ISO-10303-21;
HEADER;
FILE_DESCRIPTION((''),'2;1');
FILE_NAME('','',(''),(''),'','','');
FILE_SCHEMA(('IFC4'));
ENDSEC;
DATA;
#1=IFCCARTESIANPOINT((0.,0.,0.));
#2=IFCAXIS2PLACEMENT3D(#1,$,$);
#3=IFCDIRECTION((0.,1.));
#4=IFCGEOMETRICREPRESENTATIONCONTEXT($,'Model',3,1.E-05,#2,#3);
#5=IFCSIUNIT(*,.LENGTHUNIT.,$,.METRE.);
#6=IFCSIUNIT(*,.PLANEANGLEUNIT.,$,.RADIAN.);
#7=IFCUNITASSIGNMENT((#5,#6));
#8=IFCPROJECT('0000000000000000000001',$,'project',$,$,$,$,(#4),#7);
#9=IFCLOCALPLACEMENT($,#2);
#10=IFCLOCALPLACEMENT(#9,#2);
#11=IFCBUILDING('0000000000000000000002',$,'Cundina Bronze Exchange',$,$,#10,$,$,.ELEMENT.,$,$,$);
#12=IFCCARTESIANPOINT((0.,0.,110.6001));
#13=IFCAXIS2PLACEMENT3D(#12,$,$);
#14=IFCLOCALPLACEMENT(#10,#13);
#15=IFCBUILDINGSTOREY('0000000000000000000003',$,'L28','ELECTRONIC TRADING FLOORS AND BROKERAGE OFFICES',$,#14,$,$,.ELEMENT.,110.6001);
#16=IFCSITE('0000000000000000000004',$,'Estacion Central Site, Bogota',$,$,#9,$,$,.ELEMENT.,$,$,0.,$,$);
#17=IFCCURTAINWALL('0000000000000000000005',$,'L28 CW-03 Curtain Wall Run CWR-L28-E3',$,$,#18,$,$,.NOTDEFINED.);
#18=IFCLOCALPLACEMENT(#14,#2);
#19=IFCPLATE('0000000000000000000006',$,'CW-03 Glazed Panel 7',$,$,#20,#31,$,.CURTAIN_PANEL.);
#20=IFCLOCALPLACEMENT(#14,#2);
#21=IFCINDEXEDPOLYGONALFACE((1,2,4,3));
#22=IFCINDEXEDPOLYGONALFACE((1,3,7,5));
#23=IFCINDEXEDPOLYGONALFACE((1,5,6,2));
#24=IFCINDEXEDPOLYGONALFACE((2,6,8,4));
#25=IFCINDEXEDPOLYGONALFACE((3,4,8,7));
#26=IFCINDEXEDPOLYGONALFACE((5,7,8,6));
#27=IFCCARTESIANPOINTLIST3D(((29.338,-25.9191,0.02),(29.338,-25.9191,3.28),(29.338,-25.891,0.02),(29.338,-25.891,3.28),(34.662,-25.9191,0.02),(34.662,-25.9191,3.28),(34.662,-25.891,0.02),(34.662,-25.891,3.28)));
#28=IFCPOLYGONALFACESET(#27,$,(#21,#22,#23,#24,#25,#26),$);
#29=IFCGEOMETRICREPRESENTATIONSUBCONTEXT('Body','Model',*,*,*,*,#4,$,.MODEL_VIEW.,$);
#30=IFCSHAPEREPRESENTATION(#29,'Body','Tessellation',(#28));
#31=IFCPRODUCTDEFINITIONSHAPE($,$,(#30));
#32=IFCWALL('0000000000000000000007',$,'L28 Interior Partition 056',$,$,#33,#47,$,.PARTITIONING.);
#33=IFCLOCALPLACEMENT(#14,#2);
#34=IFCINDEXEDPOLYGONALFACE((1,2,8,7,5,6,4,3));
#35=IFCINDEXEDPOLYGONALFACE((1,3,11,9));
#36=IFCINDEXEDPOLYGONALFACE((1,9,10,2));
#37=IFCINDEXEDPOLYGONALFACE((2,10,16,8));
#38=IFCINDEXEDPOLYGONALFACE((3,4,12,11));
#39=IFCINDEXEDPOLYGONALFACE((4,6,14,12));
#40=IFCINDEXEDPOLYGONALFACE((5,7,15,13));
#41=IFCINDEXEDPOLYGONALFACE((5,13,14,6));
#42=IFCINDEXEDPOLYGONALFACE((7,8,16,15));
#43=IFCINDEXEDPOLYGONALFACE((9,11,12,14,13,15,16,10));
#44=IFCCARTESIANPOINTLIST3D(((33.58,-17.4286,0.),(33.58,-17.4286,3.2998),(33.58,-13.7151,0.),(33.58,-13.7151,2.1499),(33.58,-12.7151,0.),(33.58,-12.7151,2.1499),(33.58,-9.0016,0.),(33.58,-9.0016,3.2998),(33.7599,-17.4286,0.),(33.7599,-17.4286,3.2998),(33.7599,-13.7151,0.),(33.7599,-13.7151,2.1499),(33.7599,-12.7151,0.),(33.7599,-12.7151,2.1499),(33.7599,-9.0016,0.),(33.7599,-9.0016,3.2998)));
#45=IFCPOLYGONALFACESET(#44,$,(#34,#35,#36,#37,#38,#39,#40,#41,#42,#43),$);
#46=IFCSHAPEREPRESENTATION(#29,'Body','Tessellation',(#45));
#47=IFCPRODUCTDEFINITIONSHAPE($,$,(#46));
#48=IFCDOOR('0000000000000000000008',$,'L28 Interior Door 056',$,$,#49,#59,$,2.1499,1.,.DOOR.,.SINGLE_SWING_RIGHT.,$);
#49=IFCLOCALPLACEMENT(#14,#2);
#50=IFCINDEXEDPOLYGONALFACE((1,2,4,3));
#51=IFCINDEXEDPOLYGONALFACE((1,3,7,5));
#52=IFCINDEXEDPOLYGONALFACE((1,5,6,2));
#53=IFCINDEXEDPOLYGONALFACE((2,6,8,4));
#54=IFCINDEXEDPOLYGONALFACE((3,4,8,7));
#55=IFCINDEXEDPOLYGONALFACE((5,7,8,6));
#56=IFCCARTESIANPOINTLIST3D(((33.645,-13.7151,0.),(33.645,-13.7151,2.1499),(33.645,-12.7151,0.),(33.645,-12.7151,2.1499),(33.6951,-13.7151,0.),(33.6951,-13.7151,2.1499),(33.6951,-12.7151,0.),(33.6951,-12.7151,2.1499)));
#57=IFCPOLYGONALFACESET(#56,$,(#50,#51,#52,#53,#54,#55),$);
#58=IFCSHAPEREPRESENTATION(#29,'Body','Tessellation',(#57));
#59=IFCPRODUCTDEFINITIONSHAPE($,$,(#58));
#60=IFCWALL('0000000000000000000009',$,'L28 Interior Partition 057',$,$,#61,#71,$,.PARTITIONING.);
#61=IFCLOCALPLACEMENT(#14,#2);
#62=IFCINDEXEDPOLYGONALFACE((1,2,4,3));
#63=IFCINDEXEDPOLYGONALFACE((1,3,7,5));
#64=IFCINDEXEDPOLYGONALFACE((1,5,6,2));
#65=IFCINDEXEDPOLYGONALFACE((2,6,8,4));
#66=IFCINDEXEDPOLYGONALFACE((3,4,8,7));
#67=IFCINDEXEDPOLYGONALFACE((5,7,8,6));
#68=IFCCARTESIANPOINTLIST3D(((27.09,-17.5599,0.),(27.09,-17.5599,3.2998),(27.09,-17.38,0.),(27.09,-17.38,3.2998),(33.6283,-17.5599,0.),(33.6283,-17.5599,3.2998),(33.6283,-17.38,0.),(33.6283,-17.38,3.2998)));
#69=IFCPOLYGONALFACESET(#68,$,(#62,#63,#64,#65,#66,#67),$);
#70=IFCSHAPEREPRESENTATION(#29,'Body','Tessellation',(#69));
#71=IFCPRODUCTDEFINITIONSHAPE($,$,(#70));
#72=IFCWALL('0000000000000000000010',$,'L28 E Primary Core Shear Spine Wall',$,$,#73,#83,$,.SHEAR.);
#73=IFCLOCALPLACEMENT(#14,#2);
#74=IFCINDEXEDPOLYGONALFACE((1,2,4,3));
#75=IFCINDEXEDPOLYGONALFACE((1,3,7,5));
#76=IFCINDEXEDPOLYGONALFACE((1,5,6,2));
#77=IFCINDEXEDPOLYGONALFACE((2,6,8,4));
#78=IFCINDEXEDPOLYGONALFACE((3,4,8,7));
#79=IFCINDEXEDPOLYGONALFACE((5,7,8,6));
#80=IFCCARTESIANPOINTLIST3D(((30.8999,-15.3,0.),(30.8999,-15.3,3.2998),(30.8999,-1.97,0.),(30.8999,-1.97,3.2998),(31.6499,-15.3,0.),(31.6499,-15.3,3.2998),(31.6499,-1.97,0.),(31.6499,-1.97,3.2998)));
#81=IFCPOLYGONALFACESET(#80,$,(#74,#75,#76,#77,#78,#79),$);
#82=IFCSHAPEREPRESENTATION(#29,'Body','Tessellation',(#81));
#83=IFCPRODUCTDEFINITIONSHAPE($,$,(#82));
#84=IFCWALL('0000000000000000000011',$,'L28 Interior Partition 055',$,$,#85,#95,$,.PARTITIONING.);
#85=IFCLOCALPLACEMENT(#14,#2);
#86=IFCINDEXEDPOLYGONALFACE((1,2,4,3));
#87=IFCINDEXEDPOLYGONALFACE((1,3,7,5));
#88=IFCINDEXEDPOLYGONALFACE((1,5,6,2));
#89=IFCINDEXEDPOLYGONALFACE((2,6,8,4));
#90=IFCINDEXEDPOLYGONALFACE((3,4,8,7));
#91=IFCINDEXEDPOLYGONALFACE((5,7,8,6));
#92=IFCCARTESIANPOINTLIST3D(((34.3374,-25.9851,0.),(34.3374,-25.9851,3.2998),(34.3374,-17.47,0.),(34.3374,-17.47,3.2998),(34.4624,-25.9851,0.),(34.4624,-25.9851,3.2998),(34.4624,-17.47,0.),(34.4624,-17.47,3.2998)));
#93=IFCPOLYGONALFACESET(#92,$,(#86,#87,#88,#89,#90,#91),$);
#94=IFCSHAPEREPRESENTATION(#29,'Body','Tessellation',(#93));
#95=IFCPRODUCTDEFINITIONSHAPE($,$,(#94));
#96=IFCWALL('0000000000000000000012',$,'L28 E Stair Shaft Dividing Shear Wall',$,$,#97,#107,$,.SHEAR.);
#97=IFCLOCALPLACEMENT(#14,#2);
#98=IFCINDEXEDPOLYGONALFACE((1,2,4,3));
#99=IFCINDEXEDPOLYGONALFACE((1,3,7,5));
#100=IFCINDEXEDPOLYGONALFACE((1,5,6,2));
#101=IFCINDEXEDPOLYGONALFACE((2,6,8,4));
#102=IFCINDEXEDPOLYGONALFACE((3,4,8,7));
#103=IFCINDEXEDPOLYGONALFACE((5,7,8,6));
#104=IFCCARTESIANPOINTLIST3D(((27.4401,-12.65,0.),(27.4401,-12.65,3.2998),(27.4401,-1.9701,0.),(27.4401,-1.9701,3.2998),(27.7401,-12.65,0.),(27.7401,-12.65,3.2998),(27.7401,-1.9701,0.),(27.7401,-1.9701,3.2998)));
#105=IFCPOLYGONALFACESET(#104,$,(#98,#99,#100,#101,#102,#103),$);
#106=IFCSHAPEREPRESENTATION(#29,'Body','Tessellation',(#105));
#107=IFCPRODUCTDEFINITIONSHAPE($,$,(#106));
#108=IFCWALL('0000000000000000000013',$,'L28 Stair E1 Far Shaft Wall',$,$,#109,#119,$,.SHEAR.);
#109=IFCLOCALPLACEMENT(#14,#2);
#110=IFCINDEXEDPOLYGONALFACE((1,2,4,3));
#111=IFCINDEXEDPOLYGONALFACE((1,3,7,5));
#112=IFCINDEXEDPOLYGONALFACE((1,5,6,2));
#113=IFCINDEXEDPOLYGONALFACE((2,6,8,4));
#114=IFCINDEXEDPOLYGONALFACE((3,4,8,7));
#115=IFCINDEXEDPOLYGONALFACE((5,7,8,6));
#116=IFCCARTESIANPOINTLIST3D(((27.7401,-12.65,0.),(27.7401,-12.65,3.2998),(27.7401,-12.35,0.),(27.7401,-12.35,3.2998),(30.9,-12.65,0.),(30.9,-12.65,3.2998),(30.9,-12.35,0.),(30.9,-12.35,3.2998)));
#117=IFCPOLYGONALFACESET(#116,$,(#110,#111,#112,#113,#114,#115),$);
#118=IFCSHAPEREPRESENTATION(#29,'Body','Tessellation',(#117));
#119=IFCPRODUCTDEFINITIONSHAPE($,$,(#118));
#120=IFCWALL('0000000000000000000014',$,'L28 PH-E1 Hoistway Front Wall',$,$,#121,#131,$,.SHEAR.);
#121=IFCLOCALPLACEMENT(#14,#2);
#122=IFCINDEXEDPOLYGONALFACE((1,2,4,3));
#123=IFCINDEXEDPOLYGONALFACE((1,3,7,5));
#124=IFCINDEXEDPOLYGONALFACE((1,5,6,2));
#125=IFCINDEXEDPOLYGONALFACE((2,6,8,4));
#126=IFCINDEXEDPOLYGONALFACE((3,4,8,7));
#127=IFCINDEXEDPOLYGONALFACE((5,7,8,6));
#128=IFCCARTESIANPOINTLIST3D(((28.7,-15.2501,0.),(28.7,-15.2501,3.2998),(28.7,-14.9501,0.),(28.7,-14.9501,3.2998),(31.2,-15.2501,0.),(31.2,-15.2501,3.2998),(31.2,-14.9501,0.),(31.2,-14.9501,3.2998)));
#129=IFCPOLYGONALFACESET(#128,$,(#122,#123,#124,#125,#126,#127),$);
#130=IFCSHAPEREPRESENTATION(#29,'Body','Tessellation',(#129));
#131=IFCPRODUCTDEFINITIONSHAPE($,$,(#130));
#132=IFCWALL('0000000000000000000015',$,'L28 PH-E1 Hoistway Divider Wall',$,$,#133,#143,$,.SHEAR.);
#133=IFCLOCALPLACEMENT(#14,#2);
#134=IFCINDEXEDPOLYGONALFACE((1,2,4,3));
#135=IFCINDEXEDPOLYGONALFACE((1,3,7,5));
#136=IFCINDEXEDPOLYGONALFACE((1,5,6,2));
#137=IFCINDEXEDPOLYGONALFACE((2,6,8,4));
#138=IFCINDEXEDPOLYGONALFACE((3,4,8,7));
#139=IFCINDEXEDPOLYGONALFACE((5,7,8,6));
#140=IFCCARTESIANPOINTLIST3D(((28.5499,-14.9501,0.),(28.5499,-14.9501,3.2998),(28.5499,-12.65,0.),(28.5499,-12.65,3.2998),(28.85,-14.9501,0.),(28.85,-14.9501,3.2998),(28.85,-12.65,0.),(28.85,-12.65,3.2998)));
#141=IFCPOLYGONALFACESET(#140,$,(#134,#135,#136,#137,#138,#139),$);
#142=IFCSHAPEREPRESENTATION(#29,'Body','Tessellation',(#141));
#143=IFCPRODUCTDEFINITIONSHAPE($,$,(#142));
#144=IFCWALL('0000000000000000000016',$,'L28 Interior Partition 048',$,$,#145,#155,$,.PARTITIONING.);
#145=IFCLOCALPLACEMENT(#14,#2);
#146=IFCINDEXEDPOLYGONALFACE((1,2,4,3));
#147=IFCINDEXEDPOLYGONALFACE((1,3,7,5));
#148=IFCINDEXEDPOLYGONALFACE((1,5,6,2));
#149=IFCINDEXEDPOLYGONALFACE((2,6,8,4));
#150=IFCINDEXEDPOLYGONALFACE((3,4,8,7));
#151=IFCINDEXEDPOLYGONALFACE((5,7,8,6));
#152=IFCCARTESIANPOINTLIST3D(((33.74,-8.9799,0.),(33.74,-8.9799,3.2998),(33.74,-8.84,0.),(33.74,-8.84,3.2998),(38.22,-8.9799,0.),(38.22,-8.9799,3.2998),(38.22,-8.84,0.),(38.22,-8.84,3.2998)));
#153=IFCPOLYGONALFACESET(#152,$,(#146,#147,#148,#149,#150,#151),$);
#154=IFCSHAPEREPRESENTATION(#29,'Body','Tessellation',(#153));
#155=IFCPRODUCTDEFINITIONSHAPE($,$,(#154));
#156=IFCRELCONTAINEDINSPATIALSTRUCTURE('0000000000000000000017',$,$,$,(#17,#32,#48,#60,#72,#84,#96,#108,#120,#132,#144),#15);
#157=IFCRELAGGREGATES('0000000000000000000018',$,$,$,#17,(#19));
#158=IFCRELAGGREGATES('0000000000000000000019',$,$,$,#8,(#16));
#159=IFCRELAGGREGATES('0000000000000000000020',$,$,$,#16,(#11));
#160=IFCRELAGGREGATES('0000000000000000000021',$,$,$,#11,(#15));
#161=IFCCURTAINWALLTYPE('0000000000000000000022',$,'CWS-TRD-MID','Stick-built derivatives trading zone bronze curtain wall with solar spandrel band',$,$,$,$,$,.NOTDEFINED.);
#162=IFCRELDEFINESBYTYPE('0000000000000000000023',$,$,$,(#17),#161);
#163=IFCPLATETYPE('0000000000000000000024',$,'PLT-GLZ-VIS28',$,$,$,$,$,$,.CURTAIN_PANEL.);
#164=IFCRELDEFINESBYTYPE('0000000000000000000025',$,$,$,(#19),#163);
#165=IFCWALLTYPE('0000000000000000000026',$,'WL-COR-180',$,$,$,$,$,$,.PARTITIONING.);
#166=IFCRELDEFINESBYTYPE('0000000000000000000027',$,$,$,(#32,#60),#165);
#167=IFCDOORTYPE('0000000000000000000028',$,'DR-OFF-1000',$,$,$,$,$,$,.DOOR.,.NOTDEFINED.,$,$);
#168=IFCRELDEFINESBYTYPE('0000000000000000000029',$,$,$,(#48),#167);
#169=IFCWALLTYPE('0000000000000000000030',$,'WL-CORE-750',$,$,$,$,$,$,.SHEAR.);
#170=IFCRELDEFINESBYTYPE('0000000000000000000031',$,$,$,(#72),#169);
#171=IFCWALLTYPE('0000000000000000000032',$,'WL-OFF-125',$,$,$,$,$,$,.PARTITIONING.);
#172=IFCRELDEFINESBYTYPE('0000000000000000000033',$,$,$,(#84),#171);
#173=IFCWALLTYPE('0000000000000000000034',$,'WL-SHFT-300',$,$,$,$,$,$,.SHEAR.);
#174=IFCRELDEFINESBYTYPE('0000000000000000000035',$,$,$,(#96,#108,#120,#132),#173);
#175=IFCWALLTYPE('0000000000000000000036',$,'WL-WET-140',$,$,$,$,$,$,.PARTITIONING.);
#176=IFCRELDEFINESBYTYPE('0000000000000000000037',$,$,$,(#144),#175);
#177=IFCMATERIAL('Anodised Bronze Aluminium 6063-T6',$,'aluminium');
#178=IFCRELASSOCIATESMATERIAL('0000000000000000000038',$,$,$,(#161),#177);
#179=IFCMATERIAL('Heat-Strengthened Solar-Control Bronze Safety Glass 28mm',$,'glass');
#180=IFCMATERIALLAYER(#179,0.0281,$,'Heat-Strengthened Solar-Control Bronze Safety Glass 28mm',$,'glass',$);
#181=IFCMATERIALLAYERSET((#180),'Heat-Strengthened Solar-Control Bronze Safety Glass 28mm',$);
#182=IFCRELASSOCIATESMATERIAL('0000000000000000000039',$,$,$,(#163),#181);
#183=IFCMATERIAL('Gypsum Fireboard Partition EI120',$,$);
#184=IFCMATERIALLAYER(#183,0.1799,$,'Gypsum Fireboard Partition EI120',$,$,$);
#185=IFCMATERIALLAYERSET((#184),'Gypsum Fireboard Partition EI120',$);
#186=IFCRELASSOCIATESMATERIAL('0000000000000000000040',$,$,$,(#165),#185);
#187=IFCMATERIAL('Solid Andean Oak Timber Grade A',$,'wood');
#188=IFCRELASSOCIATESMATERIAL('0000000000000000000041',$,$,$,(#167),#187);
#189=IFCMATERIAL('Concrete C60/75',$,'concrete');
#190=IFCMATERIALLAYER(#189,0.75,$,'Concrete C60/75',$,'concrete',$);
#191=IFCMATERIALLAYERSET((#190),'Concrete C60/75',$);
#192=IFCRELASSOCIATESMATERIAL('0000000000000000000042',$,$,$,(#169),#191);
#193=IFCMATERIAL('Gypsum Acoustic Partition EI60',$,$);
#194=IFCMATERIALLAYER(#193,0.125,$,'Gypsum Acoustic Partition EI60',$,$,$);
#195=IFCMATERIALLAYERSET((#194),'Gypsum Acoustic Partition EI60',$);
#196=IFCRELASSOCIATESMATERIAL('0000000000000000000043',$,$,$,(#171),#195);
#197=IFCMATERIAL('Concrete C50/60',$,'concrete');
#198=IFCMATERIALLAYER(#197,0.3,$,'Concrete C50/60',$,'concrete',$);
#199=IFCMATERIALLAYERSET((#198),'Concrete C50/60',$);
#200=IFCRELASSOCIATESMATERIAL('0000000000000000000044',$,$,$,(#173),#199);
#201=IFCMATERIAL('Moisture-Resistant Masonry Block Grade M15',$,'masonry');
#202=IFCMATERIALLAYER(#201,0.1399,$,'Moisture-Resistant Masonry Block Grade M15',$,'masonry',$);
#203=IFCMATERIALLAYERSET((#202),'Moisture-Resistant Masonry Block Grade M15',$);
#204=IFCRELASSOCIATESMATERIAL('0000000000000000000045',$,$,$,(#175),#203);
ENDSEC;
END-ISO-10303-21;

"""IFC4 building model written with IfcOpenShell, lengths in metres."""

from ifc_helpers import new_model, si_unit, direction, frame, frame_2d, origin, origin_2d, place, context, subcontext, project, spatial, rectangle, extrude, material, layer, layer_set, type_object, element, fill, aggregate, save


model = new_model("IFC4")

# Units and contexts
model_context = context("Model", 3, precision=1e-05, world=origin(), true_north=direction((0.0, 1.0)))
body_context = subcontext(model_context, "Body", "Model", "MODEL_VIEW")
ifc_project = project(units=[si_unit("LENGTHUNIT", "METRE"), si_unit("PLANEANGLEUNIT", "RADIAN")], contexts=[model_context])

# Site, building, storey
site_placement = place(None, origin())
site = spatial("IfcSite", under=ifc_project, at=site_placement, Name="Estacion Central Site, Bogota", CompositionType="ELEMENT", RefElevation=0.0)
building_placement = place(site_placement, origin())
building = spatial("IfcBuilding", under=site, at=building_placement, Name="Cundina Bronze Exchange", CompositionType="ELEMENT")
storey_placement = place(building_placement, frame((0.0, 0.0, 110.6001)))
storey = spatial("IfcBuildingStorey", under=building, at=storey_placement, Name="L28", Description="ELECTRONIC TRADING FLOORS AND BROKERAGE OFFICES", CompositionType="ELEMENT", Elevation=110.6001)

# Shared definitions
ifc_material_1 = material(Name="Concrete C60/75", Category="concrete")

# Curtain wall, plate
ifc_material_2 = material(Name="Anodised Bronze Aluminium 6063-T6", Category="aluminium")
curtain_wall_type = type_object("IfcCurtainWallType", Name="CWS-TRD-MID", Description="Stick-built derivatives trading zone bronze curtain wall with solar spandrel band", PredefinedType="NOTDEFINED", material=ifc_material_2)
curtain_wall_placement = place(storey_placement, origin())
curtain_wall = element("IfcCurtainWall", 1, at=curtain_wall_placement, inside=storey, type_object=curtain_wall_type, Name="L28 CW-03 Curtain Wall Run CWR-L28-E3", PredefinedType="NOTDEFINED")
ifc_material_3 = material(Name="Heat-Strengthened Solar-Control Bronze Safety Glass 28mm", Category="glass")
ifc_layer_1 = layer(ifc_material_3, 0.0281, Name="Heat-Strengthened Solar-Control Bronze Safety Glass 28mm", Category="glass")
ifc_layer_set_1 = layer_set([ifc_layer_1], Name="Heat-Strengthened Solar-Control Bronze Safety Glass 28mm")
plate_type = type_object("IfcPlateType", Name="PLT-GLZ-VIS28", PredefinedType="CURTAIN_PANEL", material=ifc_layer_set_1)
plate_placement = place(storey_placement, frame((32.0, -25.905, 0.02), z_axis=(0.0, 0.0, 1.0), x_axis=(1.0, 0.0, 0.0)))
plate = element("IfcPlate", 2, at=plate_placement, type_object=plate_type, Name="CW-03 Glazed Panel 7", PredefinedType="CURTAIN_PANEL", context=body_context, shape_type="SweptSolid", body=[
    extrude(rectangle(XDim=5.324, YDim=0.0281, at=origin_2d()), origin(), (0.0, 0.0, 1.0), 3.26),
])
aggregate(curtain_wall, [plate])

# Wall, opening, door
ifc_material_4 = material(Name="Gypsum Fireboard Partition EI120")
ifc_layer_2 = layer(ifc_material_4, 0.1799, Name="Gypsum Fireboard Partition EI120")
ifc_layer_set_2 = layer_set([ifc_layer_2], Name="Gypsum Fireboard Partition EI120")
wall_type_1 = type_object("IfcWallType", Name="WL-COR-180", PredefinedType="PARTITIONING", material=ifc_layer_set_2)
ifc_material_5 = material(Name="Solid Andean Oak Timber Grade A", Category="wood")
door_type = type_object("IfcDoorType", Name="DR-OFF-1000", OperationType="NOTDEFINED", PredefinedType="DOOR", material=ifc_material_5)
wall_1_placement = place(storey_placement, frame((33.6699, -17.4285, 0.0), z_axis=(0.0, 0.0, 1.0), x_axis=(0.0, 1.0, 0.0)))
wall_1 = element("IfcWall", 3, at=wall_1_placement, inside=storey, type_object=wall_type_1, Name="L28 Interior Partition 056", PredefinedType="PARTITIONING", context=body_context, shape_type="SweptSolid", body=[
    extrude(rectangle(XDim=8.427, YDim=0.1799, at=frame_2d((4.2134, 0.0))), origin(), (0.0, 0.0, 1.0), 3.2998),
])
opening_1_placement = place(wall_1_placement, frame((3.7134, 0.0, 0.0)))
opening_1 = element("IfcOpeningElement", 4, at=opening_1_placement, cuts=wall_1, PredefinedType="OPENING", context=body_context, shape_type="SweptSolid", body=[
    extrude(rectangle(XDim=1.0, YDim=2.1499, at=frame_2d((0.5, 1.075))), frame((0.0, 0.0999, 0.0), z_axis=(0.0, -1.0, 0.0), x_axis=(1.0, 0.0, 0.0)), (0.0, 0.0, 1.0), 0.2),
])
door_1_placement = place(opening_1_placement, origin())
door_1 = element("IfcDoor", 5, at=door_1_placement, inside=storey, type_object=door_type, Name="L28 Interior Door 056", OperationType="SINGLE_SWING_RIGHT", OverallHeight=2.1499, OverallWidth=1.0, PredefinedType="DOOR", context=body_context, shape_type="SweptSolid", body=[
    extrude(rectangle(XDim=1.0, YDim=2.1499, at=frame_2d((0.5, 1.075))), frame((0.0, 0.0249, 0.0), z_axis=(0.0, -1.0, 0.0), x_axis=(1.0, 0.0, 0.0)), (0.0, 0.0, 1.0), 0.05),
])
fill(opening_1, door_1)

# Walls
wall_2_placement = place(storey_placement, frame((27.0901, -17.47, 0.0), z_axis=(0.0, 0.0, 1.0), x_axis=(1.0, 0.0, 0.0)))
element("IfcWall", 6, at=wall_2_placement, inside=storey, type_object=wall_type_1, Name="L28 Interior Partition 057", PredefinedType="PARTITIONING", context=body_context, shape_type="SweptSolid", body=[
    extrude(rectangle(XDim=6.5383, YDim=0.1799, at=frame_2d((3.269, 0.0))), origin(), (0.0, 0.0, 1.0), 3.2998),
])
ifc_layer_3 = layer(ifc_material_1, 0.75, Name="Concrete C60/75", Category="concrete")
ifc_layer_set_3 = layer_set([ifc_layer_3], Name="Concrete C60/75")
wall_type_2 = type_object("IfcWallType", Name="WL-CORE-750", PredefinedType="SHEAR", material=ifc_layer_set_3)
wall_3_placement = place(storey_placement, frame((31.2749, -15.3, 0.0), z_axis=(0.0, 0.0, 1.0), x_axis=(0.0, 1.0, 0.0)))
element("IfcWall", 7, at=wall_3_placement, inside=storey, type_object=wall_type_2, Name="L28 E Primary Core Shear Spine Wall", PredefinedType="SHEAR", context=body_context, shape_type="SweptSolid", body=[
    extrude(rectangle(XDim=13.3301, YDim=0.75, at=frame_2d((6.665, 0.0))), origin(), (0.0, 0.0, 1.0), 3.2998),
])
ifc_material_6 = material(Name="Gypsum Acoustic Partition EI60")
ifc_layer_4 = layer(ifc_material_6, 0.125, Name="Gypsum Acoustic Partition EI60")
ifc_layer_set_4 = layer_set([ifc_layer_4], Name="Gypsum Acoustic Partition EI60")
wall_type_3 = type_object("IfcWallType", Name="WL-OFF-125", PredefinedType="PARTITIONING", material=ifc_layer_set_4)
wall_4_placement = place(storey_placement, frame((34.3999, -25.9851, 0.0), z_axis=(0.0, 0.0, 1.0), x_axis=(0.0, 1.0, 0.0)))
element("IfcWall", 8, at=wall_4_placement, inside=storey, type_object=wall_type_3, Name="L28 Interior Partition 055", PredefinedType="PARTITIONING", context=body_context, shape_type="SweptSolid", body=[
    extrude(rectangle(XDim=8.5151, YDim=0.125, at=frame_2d((4.2576, 0.0))), origin(), (0.0, 0.0, 1.0), 3.2998),
])
ifc_material_7 = material(Name="Concrete C50/60", Category="concrete")
ifc_layer_5 = layer(ifc_material_7, 0.3, Name="Concrete C50/60", Category="concrete")
ifc_layer_set_5 = layer_set([ifc_layer_5], Name="Concrete C50/60")
wall_type_4 = type_object("IfcWallType", Name="WL-SHFT-300", PredefinedType="SHEAR", material=ifc_layer_set_5)
wall_5_placement = place(storey_placement, frame((27.5901, -12.6499, 0.0), z_axis=(0.0, 0.0, 1.0), x_axis=(0.0, 1.0, 0.0)))
element("IfcWall", 9, at=wall_5_placement, inside=storey, type_object=wall_type_4, Name="L28 E Stair Shaft Dividing Shear Wall", PredefinedType="SHEAR", context=body_context, shape_type="SweptSolid", body=[
    extrude(rectangle(XDim=10.6799, YDim=0.3, at=frame_2d((5.3398, 0.0))), origin(), (0.0, 0.0, 1.0), 3.2998),
])
wall_6_placement = place(storey_placement, frame((27.74, -12.5, 0.0), z_axis=(0.0, 0.0, 1.0), x_axis=(1.0, 0.0, 0.0)))
element("IfcWall", 10, at=wall_6_placement, inside=storey, type_object=wall_type_4, Name="L28 Stair E1 Far Shaft Wall", PredefinedType="SHEAR", context=body_context, shape_type="SweptSolid", body=[
    extrude(rectangle(XDim=3.1599, YDim=0.3, at=frame_2d((1.5801, 0.0))), origin(), (0.0, 0.0, 1.0), 3.2998),
])
wall_7_placement = place(storey_placement, frame((28.7, -15.1001, 0.0), z_axis=(0.0, 0.0, 1.0), x_axis=(1.0, 0.0, 0.0)))
element("IfcWall", 11, at=wall_7_placement, inside=storey, type_object=wall_type_4, Name="L28 PH-E1 Hoistway Front Wall", PredefinedType="SHEAR", context=body_context, shape_type="SweptSolid", body=[
    extrude(rectangle(XDim=2.5, YDim=0.3, at=frame_2d((1.25, 0.0))), origin(), (0.0, 0.0, 1.0), 3.2998),
])
wall_8_placement = place(storey_placement, frame((28.7, -14.95, 0.0), z_axis=(0.0, 0.0, 1.0), x_axis=(0.0, 1.0, 0.0)))
element("IfcWall", 12, at=wall_8_placement, inside=storey, type_object=wall_type_4, Name="L28 PH-E1 Hoistway Divider Wall", PredefinedType="SHEAR", context=body_context, shape_type="SweptSolid", body=[
    extrude(rectangle(XDim=2.3, YDim=0.3, at=frame_2d((1.1499, 0.0))), origin(), (0.0, 0.0, 1.0), 3.2998),
])
ifc_material_8 = material(Name="Moisture-Resistant Masonry Block Grade M15", Category="masonry")
ifc_layer_6 = layer(ifc_material_8, 0.1399, Name="Moisture-Resistant Masonry Block Grade M15", Category="masonry")
ifc_layer_set_6 = layer_set([ifc_layer_6], Name="Moisture-Resistant Masonry Block Grade M15")
wall_type_5 = type_object("IfcWallType", Name="WL-WET-140", PredefinedType="PARTITIONING", material=ifc_layer_set_6)
wall_9_placement = place(storey_placement, frame((33.74, -8.9099, 0.0), z_axis=(0.0, 0.0, 1.0), x_axis=(1.0, 0.0, 0.0)))
element("IfcWall", 13, at=wall_9_placement, inside=storey, type_object=wall_type_5, Name="L28 Interior Partition 048", PredefinedType="PARTITIONING", context=body_context, shape_type="SweptSolid", body=[
    extrude(rectangle(XDim=4.48, YDim=0.1399, at=frame_2d((2.24, 0.0))), origin(), (0.0, 0.0, 1.0), 3.2998),
])

save(model, "model.ifc")
